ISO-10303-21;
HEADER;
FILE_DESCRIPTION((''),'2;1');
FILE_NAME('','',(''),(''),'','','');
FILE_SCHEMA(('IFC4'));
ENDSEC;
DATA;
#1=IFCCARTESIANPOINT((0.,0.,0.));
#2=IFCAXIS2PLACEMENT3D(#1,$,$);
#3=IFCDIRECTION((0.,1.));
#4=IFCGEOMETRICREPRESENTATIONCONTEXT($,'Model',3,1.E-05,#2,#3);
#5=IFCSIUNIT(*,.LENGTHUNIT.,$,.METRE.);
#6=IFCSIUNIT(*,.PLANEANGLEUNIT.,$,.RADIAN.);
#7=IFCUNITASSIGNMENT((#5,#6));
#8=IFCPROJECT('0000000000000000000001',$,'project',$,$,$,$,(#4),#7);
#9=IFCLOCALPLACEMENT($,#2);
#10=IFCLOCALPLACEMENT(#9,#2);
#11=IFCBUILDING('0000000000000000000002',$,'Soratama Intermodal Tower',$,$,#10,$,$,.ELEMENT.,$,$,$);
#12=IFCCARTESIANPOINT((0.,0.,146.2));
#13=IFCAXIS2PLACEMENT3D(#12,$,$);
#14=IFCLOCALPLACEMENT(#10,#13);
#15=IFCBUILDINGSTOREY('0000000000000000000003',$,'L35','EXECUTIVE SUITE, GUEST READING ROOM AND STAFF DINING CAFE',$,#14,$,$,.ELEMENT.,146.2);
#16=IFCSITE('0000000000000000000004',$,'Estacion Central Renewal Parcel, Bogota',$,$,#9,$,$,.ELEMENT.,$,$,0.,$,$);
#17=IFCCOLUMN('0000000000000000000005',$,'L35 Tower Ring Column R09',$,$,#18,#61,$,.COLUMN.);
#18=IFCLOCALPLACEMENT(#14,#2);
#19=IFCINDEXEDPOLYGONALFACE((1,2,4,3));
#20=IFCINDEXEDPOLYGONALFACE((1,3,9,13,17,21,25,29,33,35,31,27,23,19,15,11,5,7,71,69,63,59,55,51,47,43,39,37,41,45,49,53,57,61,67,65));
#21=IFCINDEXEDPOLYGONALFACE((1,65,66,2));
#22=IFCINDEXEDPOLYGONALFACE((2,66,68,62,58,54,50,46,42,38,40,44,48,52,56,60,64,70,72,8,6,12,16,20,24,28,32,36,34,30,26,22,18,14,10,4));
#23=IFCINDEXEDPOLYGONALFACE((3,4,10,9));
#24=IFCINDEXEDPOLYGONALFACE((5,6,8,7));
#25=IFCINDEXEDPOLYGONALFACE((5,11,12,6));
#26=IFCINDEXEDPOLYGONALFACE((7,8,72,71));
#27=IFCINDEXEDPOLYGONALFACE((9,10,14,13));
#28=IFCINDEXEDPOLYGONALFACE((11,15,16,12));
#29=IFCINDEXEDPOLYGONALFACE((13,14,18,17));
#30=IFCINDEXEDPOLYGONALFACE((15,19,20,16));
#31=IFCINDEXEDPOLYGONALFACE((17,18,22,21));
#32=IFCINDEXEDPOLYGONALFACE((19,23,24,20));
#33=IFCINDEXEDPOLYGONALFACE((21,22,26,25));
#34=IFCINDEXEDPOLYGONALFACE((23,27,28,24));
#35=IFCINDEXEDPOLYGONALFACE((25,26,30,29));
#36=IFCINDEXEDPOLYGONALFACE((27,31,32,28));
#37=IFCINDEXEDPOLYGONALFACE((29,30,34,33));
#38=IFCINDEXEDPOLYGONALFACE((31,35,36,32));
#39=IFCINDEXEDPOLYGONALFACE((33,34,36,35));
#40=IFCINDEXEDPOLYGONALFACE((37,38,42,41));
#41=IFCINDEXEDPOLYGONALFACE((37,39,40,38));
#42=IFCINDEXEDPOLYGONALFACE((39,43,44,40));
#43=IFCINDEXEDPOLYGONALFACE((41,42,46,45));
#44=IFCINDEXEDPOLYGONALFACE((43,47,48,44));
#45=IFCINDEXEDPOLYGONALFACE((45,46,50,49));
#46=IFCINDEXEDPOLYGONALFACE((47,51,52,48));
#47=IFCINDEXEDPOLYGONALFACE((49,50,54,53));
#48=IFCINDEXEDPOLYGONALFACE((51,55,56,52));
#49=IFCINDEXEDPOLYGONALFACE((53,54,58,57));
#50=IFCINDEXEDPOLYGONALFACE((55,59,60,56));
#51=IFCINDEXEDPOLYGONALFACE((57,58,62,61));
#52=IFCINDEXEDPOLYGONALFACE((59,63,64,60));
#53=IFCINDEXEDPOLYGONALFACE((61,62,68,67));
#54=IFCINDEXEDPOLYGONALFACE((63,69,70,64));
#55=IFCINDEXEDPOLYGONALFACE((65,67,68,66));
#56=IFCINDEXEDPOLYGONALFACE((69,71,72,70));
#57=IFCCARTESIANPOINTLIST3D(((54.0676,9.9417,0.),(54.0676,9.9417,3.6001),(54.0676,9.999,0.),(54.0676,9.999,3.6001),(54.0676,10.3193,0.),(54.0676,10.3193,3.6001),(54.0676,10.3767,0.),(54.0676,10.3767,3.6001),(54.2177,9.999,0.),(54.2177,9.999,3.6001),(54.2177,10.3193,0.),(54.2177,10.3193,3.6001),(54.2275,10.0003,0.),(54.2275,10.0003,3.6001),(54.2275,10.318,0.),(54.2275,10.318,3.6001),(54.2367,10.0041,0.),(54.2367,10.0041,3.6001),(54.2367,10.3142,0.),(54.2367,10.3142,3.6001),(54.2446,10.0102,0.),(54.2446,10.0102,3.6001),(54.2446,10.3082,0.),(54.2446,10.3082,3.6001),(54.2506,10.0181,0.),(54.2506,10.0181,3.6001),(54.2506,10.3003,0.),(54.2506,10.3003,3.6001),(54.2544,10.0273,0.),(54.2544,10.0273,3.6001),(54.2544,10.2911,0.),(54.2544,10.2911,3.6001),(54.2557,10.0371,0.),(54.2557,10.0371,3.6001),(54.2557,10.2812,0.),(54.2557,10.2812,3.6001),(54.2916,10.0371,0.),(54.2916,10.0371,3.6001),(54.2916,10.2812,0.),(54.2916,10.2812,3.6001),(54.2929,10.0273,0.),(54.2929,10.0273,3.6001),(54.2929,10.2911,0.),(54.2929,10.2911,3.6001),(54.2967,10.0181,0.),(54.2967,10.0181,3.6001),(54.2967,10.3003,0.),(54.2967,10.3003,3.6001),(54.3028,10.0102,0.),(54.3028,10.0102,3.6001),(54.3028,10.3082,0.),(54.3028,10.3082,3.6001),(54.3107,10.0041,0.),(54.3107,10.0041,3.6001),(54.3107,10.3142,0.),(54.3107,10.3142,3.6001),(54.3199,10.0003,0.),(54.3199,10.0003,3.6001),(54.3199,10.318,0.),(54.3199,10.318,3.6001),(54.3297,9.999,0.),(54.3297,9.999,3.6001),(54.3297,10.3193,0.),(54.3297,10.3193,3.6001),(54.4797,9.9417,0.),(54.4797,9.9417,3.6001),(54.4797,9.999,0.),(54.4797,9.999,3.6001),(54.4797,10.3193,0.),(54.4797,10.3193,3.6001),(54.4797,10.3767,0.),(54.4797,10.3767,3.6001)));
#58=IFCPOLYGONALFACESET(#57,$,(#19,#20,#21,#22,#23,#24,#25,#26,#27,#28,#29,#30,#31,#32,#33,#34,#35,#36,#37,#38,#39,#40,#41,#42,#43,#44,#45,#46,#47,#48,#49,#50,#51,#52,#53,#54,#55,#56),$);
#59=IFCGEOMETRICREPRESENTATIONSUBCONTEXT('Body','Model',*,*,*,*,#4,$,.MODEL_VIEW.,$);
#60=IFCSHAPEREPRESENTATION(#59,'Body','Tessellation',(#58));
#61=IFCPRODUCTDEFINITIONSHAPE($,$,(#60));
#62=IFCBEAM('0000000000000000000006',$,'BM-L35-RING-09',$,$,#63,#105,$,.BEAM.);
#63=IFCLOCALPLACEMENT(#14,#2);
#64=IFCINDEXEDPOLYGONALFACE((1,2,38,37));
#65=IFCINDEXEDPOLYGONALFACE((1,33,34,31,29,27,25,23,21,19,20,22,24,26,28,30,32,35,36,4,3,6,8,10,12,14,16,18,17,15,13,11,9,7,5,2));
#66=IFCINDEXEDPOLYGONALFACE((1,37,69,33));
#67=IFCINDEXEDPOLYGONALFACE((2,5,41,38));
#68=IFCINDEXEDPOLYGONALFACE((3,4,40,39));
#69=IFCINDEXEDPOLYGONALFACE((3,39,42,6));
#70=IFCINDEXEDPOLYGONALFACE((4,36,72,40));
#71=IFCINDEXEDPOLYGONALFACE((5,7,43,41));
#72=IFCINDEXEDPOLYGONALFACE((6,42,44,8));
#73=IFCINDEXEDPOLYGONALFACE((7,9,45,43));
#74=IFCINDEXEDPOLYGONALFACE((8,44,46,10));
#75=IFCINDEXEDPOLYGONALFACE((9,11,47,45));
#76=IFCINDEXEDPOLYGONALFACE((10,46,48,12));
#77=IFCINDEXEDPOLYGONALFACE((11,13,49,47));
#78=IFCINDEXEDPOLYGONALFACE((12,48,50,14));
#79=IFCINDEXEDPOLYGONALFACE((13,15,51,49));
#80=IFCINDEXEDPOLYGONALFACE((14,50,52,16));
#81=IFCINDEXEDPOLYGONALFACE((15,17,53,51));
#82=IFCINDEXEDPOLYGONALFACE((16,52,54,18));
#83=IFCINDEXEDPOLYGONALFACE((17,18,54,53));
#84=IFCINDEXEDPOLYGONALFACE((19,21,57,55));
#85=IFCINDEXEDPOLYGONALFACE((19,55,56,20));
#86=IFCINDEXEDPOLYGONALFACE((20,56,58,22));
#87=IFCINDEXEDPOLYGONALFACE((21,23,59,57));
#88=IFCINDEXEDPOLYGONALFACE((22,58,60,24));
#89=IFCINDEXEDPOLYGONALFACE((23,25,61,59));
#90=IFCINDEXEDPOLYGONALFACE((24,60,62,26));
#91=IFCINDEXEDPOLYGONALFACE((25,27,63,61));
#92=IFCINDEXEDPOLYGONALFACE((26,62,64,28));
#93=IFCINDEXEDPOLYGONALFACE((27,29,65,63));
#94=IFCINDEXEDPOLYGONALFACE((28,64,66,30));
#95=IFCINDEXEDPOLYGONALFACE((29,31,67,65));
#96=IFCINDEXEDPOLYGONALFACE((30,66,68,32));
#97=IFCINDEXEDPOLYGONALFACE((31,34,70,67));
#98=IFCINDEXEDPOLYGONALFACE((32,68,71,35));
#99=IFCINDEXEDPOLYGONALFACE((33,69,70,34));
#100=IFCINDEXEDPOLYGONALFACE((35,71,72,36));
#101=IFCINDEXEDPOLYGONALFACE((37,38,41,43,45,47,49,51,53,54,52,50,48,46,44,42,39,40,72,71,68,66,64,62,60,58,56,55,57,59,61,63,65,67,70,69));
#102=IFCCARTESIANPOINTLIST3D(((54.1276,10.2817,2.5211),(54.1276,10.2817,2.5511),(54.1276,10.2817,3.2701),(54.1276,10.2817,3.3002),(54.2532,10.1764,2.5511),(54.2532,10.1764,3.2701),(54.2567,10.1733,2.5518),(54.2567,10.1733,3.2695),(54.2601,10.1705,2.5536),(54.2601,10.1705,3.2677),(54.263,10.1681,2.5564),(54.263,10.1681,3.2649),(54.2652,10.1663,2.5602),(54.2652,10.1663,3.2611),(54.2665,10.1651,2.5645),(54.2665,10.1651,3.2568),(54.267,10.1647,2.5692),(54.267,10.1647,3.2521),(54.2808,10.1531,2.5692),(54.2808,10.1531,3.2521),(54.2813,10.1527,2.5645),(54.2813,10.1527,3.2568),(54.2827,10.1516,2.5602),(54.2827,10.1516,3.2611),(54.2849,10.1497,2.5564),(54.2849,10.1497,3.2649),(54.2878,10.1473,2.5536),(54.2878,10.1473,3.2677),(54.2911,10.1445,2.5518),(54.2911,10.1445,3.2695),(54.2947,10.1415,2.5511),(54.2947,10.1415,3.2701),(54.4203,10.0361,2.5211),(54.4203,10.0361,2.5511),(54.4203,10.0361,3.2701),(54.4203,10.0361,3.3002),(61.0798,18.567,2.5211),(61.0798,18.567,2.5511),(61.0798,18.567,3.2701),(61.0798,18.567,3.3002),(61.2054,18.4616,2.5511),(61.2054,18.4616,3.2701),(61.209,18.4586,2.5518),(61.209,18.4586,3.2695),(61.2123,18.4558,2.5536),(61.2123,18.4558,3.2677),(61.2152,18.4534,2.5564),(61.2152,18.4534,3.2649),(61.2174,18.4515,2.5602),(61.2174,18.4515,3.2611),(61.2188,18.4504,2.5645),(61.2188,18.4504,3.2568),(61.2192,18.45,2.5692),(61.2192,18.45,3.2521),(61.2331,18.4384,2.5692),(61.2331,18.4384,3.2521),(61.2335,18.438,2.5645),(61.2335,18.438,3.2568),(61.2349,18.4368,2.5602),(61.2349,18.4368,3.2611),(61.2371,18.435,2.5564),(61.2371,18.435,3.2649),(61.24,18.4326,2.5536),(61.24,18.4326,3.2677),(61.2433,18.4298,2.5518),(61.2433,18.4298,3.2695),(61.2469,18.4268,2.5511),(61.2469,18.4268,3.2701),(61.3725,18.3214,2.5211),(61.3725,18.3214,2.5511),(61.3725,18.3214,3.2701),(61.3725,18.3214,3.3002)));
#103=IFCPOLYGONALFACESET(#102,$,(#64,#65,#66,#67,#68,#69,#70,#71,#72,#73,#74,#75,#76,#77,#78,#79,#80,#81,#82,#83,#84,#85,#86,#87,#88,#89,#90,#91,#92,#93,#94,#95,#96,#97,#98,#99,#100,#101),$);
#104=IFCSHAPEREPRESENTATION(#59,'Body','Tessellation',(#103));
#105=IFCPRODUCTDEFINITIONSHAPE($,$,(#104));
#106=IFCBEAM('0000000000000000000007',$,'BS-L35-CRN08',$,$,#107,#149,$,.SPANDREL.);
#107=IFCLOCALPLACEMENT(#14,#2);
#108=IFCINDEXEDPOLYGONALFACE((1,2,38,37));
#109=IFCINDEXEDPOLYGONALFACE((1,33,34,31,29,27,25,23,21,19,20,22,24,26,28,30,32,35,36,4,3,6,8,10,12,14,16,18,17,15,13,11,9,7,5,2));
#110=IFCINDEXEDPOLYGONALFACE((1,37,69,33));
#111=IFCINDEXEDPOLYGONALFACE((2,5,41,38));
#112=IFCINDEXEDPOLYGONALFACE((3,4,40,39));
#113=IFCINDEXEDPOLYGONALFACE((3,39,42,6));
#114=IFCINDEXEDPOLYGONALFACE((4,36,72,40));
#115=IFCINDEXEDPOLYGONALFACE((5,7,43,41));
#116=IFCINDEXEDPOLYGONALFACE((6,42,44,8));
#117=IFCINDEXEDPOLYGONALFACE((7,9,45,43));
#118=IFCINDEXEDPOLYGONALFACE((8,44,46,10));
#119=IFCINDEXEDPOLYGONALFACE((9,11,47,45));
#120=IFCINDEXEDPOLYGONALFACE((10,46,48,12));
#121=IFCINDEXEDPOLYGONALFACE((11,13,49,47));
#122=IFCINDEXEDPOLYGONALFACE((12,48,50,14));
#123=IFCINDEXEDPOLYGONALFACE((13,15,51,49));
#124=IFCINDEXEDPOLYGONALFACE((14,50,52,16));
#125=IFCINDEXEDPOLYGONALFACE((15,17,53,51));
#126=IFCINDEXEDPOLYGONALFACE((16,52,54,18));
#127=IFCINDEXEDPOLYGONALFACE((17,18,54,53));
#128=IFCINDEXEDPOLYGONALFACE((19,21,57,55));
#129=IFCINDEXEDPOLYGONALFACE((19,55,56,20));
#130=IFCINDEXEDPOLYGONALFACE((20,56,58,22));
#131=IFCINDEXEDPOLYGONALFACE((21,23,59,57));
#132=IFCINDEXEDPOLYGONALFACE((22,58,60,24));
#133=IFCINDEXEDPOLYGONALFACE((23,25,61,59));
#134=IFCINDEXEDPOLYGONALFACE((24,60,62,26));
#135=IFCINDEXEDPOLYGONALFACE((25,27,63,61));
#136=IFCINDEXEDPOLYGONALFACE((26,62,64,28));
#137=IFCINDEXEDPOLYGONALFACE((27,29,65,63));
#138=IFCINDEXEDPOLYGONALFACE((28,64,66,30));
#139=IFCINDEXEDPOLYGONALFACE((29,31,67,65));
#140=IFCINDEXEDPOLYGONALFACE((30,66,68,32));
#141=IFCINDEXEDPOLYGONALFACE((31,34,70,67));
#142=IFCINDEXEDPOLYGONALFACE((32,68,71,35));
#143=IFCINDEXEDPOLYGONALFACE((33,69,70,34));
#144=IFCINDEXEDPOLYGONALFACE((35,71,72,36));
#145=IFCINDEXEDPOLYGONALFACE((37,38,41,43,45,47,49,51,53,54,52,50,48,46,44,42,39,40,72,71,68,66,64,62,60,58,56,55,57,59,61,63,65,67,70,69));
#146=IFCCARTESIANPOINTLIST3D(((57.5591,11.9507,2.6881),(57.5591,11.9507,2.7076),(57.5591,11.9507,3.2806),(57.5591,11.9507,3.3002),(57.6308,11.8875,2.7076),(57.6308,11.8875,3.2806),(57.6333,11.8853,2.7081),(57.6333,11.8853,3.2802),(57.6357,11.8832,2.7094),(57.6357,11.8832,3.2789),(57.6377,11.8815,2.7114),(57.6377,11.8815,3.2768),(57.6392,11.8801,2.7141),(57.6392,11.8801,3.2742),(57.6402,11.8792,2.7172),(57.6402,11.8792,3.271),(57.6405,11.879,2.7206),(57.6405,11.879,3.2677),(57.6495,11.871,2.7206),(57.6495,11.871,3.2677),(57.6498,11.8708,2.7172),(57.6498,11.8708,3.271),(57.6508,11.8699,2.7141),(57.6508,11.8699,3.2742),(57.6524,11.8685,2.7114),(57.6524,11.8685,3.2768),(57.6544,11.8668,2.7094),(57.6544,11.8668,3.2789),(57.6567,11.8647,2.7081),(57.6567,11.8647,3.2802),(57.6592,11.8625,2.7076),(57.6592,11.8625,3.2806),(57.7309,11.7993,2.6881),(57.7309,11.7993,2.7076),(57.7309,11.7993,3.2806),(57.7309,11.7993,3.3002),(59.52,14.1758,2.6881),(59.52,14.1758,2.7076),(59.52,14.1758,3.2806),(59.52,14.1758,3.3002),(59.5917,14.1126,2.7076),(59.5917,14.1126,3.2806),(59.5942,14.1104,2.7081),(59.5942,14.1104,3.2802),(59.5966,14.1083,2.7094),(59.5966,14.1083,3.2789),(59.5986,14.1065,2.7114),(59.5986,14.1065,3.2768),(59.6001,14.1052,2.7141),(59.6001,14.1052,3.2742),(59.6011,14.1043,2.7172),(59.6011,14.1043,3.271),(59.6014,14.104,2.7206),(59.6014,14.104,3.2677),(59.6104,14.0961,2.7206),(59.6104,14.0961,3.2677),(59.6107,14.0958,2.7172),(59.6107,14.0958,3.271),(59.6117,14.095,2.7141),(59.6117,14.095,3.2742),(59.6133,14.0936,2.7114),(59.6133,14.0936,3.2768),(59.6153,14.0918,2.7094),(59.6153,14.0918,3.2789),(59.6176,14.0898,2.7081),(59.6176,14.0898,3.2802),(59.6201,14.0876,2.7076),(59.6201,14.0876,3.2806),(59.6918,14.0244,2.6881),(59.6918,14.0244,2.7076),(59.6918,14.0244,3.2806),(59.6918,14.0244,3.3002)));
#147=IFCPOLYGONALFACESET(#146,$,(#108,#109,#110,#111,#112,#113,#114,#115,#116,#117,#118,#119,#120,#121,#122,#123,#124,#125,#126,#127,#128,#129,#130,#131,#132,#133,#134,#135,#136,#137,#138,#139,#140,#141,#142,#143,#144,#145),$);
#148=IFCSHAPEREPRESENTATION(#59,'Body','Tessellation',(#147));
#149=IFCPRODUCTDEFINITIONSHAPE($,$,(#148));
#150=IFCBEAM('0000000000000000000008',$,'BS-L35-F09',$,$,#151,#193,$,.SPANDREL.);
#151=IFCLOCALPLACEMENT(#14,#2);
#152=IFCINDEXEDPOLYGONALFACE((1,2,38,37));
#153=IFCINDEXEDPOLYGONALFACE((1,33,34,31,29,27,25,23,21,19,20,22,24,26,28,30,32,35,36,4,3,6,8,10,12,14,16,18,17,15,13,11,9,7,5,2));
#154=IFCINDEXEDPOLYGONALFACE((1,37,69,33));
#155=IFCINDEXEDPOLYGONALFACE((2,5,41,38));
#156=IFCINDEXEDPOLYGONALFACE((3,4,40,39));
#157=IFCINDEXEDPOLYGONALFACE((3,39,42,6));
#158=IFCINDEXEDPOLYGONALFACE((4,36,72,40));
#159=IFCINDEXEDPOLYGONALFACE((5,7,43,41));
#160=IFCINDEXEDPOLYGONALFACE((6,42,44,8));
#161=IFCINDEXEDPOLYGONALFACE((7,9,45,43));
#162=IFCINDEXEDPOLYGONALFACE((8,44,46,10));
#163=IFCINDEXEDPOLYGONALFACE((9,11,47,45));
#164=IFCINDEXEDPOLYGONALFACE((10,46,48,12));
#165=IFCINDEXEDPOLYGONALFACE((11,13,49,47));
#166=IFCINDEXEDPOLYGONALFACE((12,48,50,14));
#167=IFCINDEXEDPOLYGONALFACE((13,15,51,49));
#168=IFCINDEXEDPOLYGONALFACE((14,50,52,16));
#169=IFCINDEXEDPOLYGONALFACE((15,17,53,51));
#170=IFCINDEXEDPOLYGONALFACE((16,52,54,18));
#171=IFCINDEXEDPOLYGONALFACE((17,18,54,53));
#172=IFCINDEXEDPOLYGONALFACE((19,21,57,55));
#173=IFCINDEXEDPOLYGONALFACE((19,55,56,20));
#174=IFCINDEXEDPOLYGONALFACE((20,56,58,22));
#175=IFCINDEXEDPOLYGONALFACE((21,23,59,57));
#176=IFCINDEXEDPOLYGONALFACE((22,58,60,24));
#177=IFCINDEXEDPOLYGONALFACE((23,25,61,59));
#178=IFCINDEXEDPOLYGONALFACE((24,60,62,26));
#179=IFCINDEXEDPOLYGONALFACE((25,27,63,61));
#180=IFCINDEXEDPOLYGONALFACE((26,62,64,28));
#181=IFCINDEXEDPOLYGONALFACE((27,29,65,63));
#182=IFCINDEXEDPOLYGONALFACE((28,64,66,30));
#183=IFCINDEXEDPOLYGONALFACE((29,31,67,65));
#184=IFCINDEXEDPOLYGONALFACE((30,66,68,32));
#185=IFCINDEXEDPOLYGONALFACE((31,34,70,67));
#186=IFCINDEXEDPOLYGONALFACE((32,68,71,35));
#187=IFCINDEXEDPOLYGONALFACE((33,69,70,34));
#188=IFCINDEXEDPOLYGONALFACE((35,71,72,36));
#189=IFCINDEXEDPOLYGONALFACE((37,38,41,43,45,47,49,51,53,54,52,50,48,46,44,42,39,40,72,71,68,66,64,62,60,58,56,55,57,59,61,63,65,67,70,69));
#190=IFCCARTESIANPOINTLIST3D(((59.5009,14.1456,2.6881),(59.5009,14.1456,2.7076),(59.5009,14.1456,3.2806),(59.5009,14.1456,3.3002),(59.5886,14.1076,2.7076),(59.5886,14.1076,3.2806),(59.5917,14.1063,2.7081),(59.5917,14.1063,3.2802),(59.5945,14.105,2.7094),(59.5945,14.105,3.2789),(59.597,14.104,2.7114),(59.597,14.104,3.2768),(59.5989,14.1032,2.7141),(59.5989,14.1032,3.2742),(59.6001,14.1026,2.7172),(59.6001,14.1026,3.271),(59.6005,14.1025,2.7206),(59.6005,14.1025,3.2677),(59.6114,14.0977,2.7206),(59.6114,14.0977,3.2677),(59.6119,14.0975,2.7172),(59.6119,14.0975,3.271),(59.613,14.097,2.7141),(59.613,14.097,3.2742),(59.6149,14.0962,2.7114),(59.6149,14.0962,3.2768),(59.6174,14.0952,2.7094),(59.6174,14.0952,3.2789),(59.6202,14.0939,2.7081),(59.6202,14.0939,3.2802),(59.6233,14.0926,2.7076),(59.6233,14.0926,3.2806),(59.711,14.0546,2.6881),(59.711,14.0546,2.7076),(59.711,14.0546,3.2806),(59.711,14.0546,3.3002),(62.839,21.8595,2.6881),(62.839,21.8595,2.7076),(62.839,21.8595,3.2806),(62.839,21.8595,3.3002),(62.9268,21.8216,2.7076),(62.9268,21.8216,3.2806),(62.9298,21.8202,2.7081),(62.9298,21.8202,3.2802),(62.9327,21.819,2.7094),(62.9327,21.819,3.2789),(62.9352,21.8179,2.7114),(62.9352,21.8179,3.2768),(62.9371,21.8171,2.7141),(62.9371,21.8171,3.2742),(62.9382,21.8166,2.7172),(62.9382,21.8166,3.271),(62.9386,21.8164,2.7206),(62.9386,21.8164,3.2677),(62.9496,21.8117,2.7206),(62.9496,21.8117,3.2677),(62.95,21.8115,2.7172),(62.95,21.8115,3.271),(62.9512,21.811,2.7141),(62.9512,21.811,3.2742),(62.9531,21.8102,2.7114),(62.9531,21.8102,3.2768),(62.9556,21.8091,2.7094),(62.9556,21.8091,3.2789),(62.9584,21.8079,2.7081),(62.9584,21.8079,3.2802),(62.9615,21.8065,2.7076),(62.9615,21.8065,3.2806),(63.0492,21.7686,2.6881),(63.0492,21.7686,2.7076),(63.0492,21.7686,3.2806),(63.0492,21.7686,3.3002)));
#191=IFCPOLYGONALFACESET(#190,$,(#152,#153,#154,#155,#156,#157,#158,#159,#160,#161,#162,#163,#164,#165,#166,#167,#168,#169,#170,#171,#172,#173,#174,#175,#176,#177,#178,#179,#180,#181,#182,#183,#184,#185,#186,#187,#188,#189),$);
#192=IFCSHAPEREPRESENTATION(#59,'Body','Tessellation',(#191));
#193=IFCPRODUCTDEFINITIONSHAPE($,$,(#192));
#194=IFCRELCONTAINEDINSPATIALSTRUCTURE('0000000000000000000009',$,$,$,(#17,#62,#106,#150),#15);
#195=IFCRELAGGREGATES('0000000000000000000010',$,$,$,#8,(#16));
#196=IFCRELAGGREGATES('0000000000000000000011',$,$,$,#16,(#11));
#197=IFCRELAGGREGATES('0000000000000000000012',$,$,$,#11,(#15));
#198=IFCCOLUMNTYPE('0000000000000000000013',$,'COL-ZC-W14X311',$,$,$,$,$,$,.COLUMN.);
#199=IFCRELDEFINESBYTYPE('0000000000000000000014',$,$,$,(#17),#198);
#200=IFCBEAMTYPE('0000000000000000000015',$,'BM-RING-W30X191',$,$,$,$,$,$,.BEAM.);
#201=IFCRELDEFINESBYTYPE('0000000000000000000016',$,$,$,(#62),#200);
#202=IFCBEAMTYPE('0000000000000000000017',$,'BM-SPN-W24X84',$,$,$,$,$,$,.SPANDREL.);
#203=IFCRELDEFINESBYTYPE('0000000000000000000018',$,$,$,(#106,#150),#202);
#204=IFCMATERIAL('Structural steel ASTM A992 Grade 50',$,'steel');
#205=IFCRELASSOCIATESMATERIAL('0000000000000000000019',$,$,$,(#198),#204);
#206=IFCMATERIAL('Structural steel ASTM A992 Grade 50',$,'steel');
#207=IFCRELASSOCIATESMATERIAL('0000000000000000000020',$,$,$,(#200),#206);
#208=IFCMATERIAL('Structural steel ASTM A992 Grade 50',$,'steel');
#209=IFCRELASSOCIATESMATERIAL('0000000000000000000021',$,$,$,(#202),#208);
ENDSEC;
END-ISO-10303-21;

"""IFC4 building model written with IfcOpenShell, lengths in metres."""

from ifc_helpers import new_model, si_unit, direction, frame, origin, origin_2d, place, context, subcontext, project, spatial, i_section, extrude, material, material_profile, profile_set, type_object, element, save


model = new_model("IFC4")

# Units and contexts
model_context = context("Model", 3, precision=1e-05, world=origin(), true_north=direction((0.0, 1.0)))
body_context = subcontext(model_context, "Body", "Model", "MODEL_VIEW")
ifc_project = project(units=[si_unit("LENGTHUNIT", "METRE"), si_unit("PLANEANGLEUNIT", "RADIAN")], contexts=[model_context])

# Site, building, storey
site_placement = place(None, origin())
site = spatial("IfcSite", under=ifc_project, at=site_placement, Name="Estacion Central Renewal Parcel, Bogota", CompositionType="ELEMENT", RefElevation=0.0)
building_placement = place(site_placement, origin())
building = spatial("IfcBuilding", under=site, at=building_placement, Name="Soratama Intermodal Tower", CompositionType="ELEMENT")
storey_placement = place(building_placement, frame((0.0, 0.0, 146.2)))
storey = spatial("IfcBuildingStorey", under=building, at=storey_placement, Name="L35", Description="EXECUTIVE SUITE, GUEST READING ROOM AND STAFF DINING CAFE", CompositionType="ELEMENT", Elevation=146.2)

# Column
ifc_material_1 = material(Name="Structural steel ASTM A992 Grade 50", Category="steel")
ifc_material_profile_1 = material_profile(ifc_material_1, i_section(OverallWidth=0.4121, OverallDepth=0.4351, WebThickness=0.0359, FlangeThickness=0.0574, FilletRadius=0.0381, at=origin_2d()), Name="W14X311")
ifc_profile_set_1 = profile_set([ifc_material_profile_1], Name="Structural steel ASTM A992 Grade 50")
column_type = type_object("IfcColumnType", Name="COL-ZC-W14X311", PredefinedType="COLUMN", material=ifc_profile_set_1)
column_placement = place(storey_placement, frame((54.2737, 10.1592, 0.0), z_axis=(0.0, 0.0, 1.0), x_axis=(1.0, 0.0, 0.0)))
element("IfcColumn", 1, at=column_placement, inside=storey, type_object=column_type, Name="L35 Tower Ring Column R09", PredefinedType="COLUMN", context=body_context, shape_type="SweptSolid", body=[
    extrude(i_section(OverallWidth=0.4121, OverallDepth=0.4351, WebThickness=0.0359, FlangeThickness=0.0574, FilletRadius=0.0381, at=origin_2d()), origin(), (0.0, 0.0, 1.0), 3.6001),
])

# Beams
ifc_material_2 = material(Name="Structural steel ASTM A992 Grade 50", Category="steel")
ifc_material_profile_2 = material_profile(ifc_material_2, i_section(OverallWidth=0.3821, OverallDepth=0.7791, WebThickness=0.0181, FlangeThickness=0.03, FilletRadius=0.0181, at=origin_2d()), Name="W30X191")
ifc_profile_set_2 = profile_set([ifc_material_profile_2], Name="Structural steel ASTM A992 Grade 50")
beam_type_1 = type_object("IfcBeamType", Name="BM-RING-W30X191", PredefinedType="BEAM", material=ifc_profile_set_2)
beam_1_placement = place(storey_placement, frame((54.2739, 10.1589, 2.9106), z_axis=(0.642792, 0.766041, 0.0), x_axis=(-0.766041, 0.642792, 0.0)))
element("IfcBeam", 2, at=beam_1_placement, inside=storey, type_object=beam_type_1, Name="BM-L35-RING-09", PredefinedType="BEAM", context=body_context, shape_type="SweptSolid", body=[
    extrude(i_section(OverallWidth=0.3821, OverallDepth=0.7791, WebThickness=0.0181, FlangeThickness=0.03, FilletRadius=0.0181, at=origin_2d()), origin(), (0.0, 0.0, 1.0), 10.8157),
])
ifc_material_3 = material(Name="Structural steel ASTM A992 Grade 50", Category="steel")
ifc_material_profile_3 = material_profile(ifc_material_3, i_section(OverallWidth=0.229, OverallDepth=0.6121, WebThickness=0.012, FlangeThickness=0.0195, FilletRadius=0.0129, at=origin_2d()), Name="W24X84")
ifc_profile_set_3 = profile_set([ifc_material_profile_3], Name="Structural steel ASTM A992 Grade 50")
beam_type_2 = type_object("IfcBeamType", Name="BM-SPN-W24X84", PredefinedType="SPANDREL", material=ifc_profile_set_3)
beam_2_placement = place(storey_placement, frame((57.645, 11.875, 2.9941), z_axis=(0.66117, 0.750236, 0.0), x_axis=(-0.750236, 0.66117, 0.0)))
element("IfcBeam", 3, at=beam_2_placement, inside=storey, type_object=beam_type_2, Name="BS-L35-CRN08", PredefinedType="SPANDREL", context=body_context, shape_type="SweptSolid", body=[
    extrude(i_section(OverallWidth=0.229, OverallDepth=0.6121, WebThickness=0.012, FlangeThickness=0.0195, FilletRadius=0.0129, at=origin_2d()), origin(), (0.0, 0.0, 1.0), 2.9658),
])
beam_3_placement = place(storey_placement, frame((59.606, 14.1001, 2.9941), z_axis=(0.397153, 0.917753, 0.0), x_axis=(-0.917753, 0.397153, 0.0)))
element("IfcBeam", 4, at=beam_3_placement, inside=storey, type_object=beam_type_2, Name="BS-L35-F09", PredefinedType="SPANDREL", context=body_context, shape_type="SweptSolid", body=[
    extrude(i_section(OverallWidth=0.229, OverallDepth=0.6121, WebThickness=0.012, FlangeThickness=0.0195, FilletRadius=0.0129, at=origin_2d()), origin(), (0.0, 0.0, 1.0), 8.4053),
])

save(model, "model.ifc")
